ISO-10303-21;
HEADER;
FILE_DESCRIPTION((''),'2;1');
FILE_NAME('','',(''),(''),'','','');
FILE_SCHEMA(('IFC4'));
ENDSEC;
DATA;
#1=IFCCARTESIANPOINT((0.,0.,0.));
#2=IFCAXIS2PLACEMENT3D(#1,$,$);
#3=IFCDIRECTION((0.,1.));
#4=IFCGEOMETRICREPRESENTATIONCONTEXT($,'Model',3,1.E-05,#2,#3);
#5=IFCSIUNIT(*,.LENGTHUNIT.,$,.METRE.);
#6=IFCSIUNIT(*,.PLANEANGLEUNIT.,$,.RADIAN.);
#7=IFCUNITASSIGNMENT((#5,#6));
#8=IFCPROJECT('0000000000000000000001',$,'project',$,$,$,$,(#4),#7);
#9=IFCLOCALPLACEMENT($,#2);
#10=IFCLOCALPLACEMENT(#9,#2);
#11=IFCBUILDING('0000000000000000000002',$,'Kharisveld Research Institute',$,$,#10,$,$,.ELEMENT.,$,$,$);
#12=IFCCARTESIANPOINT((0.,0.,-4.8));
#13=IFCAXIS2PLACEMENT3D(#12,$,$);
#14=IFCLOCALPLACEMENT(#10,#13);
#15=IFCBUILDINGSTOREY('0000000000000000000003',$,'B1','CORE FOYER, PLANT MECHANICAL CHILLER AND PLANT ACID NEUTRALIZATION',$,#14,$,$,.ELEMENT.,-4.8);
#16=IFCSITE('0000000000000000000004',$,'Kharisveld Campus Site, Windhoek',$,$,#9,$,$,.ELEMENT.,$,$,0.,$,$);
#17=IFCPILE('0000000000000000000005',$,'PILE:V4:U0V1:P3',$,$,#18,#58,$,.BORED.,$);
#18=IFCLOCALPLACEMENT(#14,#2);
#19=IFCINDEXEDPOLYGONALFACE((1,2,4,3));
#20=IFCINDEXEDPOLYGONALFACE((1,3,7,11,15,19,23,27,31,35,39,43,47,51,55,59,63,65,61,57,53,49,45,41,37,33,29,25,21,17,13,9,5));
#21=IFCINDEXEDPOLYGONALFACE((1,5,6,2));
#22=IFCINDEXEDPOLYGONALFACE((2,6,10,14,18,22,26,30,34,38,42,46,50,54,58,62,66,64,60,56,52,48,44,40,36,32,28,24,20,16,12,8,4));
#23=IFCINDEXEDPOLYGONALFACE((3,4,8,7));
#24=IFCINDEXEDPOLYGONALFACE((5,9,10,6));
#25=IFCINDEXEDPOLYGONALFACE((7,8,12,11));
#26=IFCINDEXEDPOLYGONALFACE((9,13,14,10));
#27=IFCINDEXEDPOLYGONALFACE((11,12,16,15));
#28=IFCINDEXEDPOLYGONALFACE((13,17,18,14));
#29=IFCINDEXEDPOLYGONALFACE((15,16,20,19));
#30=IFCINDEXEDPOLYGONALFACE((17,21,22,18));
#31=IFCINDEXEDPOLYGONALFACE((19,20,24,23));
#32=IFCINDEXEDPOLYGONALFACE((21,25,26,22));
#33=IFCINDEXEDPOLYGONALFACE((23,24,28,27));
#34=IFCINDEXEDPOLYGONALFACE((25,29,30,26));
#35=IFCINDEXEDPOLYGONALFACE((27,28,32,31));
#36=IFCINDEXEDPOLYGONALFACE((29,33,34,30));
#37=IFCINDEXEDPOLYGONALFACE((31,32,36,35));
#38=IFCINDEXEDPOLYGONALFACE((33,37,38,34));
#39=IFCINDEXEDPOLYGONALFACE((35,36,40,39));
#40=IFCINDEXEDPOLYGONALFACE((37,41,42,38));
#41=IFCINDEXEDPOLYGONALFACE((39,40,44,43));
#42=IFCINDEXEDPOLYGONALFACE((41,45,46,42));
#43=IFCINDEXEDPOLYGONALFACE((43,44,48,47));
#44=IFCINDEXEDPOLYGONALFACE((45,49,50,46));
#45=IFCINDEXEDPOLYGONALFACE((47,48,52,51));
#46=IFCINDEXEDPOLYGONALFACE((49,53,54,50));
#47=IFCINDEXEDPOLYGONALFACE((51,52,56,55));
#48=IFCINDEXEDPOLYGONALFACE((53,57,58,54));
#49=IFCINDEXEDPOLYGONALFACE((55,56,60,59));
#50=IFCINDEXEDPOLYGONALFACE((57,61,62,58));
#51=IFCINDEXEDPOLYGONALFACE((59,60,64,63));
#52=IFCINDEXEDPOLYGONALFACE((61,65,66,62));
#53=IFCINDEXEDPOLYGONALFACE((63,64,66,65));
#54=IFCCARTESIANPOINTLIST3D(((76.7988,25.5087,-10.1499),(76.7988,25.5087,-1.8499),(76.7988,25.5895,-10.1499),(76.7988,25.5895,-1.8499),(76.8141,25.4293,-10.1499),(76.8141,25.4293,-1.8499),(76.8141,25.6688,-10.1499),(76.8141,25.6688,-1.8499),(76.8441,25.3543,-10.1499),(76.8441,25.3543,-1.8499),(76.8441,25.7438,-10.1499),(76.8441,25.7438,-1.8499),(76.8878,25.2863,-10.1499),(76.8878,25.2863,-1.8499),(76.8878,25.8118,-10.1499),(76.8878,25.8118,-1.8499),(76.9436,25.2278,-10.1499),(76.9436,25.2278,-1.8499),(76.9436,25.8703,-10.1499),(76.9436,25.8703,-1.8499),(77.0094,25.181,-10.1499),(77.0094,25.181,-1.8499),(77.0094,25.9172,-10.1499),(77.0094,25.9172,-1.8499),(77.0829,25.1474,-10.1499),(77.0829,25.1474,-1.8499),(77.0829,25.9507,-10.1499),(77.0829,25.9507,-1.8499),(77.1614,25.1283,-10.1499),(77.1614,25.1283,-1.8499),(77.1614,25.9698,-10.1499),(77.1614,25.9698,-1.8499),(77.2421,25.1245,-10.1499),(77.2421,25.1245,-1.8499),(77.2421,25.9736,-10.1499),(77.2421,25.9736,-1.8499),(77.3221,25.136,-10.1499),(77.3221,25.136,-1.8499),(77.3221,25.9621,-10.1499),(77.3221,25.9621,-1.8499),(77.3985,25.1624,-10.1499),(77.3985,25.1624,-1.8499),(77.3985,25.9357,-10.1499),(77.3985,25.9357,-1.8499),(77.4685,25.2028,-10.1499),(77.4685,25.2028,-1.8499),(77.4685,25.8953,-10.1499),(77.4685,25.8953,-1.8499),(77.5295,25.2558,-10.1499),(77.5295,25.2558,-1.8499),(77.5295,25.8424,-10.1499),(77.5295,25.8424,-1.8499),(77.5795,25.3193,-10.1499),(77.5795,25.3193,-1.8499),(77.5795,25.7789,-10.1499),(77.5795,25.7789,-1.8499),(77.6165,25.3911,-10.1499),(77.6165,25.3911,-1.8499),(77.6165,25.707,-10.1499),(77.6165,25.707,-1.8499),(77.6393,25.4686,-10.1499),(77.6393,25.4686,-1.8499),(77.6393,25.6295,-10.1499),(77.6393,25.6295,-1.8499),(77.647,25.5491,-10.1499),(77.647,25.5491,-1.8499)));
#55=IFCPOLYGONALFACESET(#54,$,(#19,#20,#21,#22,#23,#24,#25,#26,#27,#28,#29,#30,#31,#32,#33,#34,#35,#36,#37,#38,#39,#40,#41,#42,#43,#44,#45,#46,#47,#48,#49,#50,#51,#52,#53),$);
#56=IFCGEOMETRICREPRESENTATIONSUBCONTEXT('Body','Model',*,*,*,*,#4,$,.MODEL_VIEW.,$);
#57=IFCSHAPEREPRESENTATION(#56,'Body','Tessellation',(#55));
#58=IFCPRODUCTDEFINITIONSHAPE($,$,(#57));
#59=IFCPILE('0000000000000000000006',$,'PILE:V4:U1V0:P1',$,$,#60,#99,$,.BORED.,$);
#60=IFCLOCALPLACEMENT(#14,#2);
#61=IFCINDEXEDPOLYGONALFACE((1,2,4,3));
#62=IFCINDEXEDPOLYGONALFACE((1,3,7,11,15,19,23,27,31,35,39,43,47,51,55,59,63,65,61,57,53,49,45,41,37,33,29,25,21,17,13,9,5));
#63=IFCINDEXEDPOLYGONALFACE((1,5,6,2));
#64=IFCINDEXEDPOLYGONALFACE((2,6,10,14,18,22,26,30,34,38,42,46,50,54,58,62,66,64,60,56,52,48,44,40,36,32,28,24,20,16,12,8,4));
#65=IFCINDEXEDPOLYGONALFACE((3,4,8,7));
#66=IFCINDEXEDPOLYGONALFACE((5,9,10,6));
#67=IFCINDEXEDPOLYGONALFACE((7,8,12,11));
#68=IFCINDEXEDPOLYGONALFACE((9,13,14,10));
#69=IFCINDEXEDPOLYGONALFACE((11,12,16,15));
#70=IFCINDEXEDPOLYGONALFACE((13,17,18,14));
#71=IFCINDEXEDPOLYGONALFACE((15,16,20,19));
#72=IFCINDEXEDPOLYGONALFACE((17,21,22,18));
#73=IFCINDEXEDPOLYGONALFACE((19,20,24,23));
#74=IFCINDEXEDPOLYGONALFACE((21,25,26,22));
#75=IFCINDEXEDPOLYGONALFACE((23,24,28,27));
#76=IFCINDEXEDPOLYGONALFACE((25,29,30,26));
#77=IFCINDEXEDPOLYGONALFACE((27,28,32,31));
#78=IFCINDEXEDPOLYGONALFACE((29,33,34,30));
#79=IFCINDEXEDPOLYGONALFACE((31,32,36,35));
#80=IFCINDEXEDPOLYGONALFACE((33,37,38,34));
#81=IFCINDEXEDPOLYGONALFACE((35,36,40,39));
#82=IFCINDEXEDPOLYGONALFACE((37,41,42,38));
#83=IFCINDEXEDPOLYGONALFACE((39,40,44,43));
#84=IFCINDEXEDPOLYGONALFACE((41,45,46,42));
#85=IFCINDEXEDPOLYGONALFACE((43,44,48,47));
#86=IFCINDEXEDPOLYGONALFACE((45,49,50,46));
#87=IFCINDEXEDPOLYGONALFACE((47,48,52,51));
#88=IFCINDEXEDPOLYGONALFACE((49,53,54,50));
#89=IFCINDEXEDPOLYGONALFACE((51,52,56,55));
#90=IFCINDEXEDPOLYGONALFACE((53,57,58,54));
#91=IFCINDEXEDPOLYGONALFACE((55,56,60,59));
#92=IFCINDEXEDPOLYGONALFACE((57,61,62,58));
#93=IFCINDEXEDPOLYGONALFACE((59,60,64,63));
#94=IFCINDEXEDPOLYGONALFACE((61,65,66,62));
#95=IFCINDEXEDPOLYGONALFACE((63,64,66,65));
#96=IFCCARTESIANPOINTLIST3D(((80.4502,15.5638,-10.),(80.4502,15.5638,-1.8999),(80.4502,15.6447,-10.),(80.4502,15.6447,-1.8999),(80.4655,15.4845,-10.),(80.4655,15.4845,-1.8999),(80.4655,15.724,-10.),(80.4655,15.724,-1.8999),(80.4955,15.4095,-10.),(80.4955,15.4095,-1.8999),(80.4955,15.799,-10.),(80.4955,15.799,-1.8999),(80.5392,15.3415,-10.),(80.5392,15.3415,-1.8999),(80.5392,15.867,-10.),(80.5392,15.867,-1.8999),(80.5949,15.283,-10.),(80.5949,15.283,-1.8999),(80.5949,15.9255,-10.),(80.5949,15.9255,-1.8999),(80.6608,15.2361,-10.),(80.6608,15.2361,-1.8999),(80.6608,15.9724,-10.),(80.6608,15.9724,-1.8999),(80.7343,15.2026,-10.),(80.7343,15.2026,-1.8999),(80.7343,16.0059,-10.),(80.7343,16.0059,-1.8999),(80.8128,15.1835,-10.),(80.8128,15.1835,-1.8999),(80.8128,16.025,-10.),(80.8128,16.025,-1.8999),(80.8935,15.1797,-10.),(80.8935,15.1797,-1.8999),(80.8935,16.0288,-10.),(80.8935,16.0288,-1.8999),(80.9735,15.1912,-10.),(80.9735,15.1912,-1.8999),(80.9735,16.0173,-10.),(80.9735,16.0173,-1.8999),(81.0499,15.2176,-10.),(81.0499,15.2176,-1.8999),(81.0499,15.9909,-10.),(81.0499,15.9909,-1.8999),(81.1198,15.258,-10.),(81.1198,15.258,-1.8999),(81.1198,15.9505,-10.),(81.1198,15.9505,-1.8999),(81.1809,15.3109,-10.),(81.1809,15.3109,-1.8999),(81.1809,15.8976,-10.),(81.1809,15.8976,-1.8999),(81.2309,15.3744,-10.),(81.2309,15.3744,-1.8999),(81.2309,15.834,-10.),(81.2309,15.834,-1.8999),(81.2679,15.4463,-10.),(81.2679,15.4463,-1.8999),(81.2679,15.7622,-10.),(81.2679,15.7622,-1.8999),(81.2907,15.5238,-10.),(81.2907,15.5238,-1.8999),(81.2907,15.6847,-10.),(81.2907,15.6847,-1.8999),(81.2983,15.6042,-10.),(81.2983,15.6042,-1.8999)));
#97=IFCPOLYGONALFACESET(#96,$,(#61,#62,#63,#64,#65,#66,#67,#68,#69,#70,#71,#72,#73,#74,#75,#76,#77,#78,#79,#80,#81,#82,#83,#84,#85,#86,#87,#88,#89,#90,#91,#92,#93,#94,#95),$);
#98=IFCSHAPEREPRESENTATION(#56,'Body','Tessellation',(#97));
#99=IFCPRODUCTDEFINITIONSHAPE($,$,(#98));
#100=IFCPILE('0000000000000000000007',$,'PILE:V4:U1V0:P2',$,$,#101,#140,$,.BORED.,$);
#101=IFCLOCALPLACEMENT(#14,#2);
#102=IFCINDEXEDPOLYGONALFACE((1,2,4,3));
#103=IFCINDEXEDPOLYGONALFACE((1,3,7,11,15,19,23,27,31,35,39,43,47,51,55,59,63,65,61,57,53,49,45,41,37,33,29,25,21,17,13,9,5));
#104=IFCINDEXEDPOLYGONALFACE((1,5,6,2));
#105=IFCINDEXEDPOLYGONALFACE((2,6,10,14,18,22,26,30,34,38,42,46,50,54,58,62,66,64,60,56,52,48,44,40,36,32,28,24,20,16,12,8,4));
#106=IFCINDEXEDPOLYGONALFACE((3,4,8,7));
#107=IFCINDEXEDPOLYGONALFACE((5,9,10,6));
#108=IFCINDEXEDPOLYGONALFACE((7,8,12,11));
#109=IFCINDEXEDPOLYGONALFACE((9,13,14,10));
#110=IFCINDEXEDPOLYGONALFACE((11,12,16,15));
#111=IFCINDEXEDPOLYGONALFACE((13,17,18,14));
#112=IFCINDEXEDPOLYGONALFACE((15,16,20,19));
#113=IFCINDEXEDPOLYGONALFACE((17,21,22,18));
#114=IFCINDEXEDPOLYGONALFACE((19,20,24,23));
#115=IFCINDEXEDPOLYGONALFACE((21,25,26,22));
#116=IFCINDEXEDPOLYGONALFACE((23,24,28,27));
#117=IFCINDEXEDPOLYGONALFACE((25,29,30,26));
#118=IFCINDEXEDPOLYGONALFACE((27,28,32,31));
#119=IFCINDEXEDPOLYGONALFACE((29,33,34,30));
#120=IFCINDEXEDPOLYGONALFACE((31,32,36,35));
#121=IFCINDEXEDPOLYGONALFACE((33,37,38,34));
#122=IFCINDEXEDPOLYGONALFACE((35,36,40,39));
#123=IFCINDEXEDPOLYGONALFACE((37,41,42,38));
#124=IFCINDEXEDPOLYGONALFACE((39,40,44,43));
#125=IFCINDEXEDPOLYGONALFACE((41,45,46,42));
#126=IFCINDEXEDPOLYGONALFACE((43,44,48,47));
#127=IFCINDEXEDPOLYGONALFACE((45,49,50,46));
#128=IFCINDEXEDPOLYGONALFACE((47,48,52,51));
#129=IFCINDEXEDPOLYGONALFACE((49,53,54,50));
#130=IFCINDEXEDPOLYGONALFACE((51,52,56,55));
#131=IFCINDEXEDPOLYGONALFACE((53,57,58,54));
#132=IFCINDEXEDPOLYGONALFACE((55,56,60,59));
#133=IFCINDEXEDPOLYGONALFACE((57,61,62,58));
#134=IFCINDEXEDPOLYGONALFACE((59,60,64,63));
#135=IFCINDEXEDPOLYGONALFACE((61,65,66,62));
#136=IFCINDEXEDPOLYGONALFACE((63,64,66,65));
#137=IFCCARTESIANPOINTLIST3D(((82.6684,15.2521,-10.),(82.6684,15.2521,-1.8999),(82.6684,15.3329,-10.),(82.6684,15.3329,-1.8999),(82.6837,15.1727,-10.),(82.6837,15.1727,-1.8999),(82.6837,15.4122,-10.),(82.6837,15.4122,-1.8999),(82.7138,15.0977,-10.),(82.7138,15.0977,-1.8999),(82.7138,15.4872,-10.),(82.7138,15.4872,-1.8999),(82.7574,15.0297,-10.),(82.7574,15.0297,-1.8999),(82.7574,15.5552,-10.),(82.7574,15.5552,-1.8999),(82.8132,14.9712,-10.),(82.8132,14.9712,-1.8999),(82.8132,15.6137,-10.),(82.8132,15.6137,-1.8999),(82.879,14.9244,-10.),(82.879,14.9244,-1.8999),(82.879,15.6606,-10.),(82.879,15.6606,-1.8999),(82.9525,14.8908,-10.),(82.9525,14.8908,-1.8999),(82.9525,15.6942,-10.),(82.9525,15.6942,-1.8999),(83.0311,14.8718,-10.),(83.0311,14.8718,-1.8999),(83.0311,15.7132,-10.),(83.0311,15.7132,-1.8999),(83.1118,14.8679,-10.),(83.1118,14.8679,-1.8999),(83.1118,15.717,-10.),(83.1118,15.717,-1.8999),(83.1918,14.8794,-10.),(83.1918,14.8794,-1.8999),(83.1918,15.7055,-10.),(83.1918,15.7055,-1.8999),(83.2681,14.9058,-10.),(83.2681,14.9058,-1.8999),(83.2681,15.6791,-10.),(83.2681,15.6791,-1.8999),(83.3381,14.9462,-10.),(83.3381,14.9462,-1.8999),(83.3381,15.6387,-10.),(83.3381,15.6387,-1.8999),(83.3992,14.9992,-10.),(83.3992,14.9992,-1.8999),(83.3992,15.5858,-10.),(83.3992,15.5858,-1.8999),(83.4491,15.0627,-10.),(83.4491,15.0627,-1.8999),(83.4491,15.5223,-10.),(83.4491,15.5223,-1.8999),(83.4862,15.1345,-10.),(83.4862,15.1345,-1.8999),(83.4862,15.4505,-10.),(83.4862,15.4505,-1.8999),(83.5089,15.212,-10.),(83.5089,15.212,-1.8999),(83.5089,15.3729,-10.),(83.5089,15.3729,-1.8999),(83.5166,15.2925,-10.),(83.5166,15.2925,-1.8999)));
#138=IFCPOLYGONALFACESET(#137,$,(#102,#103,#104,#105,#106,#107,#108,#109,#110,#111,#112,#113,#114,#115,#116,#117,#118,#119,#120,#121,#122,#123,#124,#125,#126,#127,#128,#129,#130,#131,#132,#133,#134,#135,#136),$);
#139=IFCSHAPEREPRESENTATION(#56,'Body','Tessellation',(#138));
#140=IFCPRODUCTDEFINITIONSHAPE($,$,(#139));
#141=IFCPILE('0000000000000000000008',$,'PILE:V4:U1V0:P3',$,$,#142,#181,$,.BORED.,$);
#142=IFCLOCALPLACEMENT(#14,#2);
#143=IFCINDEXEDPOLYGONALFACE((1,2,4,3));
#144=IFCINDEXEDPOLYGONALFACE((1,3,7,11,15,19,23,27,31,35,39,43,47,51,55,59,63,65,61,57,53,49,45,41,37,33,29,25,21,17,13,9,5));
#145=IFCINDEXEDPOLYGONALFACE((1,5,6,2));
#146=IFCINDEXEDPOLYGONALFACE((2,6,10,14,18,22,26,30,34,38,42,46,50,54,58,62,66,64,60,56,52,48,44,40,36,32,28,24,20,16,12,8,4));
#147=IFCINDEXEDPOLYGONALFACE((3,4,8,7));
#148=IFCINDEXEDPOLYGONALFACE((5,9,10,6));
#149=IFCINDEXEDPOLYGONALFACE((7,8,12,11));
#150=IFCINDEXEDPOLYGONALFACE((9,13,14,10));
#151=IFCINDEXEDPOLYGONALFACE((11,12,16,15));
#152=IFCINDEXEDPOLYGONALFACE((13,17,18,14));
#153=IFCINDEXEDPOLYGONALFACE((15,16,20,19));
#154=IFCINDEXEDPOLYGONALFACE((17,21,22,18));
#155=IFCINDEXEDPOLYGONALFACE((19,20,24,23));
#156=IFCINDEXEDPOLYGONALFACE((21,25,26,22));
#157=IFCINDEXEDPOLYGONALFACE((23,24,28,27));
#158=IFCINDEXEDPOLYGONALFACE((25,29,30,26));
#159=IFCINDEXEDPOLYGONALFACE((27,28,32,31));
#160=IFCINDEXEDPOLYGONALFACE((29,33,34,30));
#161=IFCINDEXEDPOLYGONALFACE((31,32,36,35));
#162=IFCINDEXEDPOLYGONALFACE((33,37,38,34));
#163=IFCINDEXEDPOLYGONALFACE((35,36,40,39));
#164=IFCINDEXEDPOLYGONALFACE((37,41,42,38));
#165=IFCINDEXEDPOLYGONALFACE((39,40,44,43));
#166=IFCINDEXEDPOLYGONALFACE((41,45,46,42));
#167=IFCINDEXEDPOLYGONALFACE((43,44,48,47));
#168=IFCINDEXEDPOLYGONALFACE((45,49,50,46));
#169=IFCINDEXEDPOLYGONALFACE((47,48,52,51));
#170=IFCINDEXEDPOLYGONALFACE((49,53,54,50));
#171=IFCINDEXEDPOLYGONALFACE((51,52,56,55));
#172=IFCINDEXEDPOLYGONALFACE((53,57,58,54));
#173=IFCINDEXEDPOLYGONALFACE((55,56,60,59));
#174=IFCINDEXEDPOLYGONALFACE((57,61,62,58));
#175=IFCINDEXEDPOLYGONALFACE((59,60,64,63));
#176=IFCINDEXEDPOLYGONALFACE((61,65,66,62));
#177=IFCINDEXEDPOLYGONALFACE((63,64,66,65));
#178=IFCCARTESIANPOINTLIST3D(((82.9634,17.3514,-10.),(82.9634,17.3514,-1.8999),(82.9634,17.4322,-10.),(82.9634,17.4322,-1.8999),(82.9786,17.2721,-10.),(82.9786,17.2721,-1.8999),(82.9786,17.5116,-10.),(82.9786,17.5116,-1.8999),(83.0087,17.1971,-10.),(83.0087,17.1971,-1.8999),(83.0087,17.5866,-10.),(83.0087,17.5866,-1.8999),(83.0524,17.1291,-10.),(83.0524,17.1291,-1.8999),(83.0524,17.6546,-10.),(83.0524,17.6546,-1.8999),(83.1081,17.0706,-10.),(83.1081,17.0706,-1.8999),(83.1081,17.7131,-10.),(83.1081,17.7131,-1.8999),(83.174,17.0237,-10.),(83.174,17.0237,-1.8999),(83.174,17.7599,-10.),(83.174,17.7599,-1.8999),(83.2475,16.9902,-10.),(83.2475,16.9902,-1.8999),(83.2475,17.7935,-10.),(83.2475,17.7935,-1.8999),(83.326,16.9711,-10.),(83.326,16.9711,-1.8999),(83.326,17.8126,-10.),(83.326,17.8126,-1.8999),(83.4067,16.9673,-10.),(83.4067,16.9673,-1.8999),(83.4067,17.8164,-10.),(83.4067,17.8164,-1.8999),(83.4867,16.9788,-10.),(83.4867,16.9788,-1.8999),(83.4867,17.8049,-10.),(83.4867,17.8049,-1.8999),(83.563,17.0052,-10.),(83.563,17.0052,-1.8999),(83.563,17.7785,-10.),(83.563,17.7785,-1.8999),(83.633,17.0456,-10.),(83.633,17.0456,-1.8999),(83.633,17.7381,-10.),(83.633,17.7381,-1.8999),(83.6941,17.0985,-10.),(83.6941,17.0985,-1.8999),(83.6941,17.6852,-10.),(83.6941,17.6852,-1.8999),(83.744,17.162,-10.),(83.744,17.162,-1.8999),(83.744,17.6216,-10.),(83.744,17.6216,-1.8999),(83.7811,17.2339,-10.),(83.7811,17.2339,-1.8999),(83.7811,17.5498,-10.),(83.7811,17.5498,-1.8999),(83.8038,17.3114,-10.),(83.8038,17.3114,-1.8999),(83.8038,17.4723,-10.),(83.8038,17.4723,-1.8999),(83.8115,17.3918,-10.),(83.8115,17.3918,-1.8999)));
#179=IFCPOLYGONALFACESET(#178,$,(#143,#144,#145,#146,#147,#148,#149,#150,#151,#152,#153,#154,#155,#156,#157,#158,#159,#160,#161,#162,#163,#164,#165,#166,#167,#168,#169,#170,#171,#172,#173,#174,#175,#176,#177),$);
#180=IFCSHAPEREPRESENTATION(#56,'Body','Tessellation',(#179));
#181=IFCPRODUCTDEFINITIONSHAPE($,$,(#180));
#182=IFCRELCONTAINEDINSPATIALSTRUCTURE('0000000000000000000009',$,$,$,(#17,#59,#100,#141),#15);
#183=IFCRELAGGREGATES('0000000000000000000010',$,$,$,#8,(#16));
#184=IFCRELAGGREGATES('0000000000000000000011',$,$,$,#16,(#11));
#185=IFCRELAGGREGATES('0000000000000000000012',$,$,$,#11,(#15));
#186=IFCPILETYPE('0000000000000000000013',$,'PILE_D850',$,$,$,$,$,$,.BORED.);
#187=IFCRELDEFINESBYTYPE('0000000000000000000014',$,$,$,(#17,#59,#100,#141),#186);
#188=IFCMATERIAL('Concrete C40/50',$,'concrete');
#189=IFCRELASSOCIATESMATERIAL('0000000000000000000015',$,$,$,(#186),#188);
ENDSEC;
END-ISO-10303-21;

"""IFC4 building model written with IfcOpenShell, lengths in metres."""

from ifc_helpers import new_model, si_unit, direction, frame, origin, origin_2d, place, context, subcontext, project, spatial, circle, extrude, material, material_profile, profile_set, type_object, element, save


model = new_model("IFC4")

# Units and contexts
model_context = context("Model", 3, precision=1e-05, world=origin(), true_north=direction((0.0, 1.0)))
body_context = subcontext(model_context, "Body", "Model", "MODEL_VIEW")
ifc_project = project(units=[si_unit("LENGTHUNIT", "METRE"), si_unit("PLANEANGLEUNIT", "RADIAN")], contexts=[model_context])

# Site, building, storey
site_placement = place(None, origin())
site = spatial("IfcSite", under=ifc_project, at=site_placement, Name="Kharisveld Campus Site, Windhoek", CompositionType="ELEMENT", RefElevation=0.0)
building_placement = place(site_placement, origin())
building = spatial("IfcBuilding", under=site, at=building_placement, Name="Kharisveld Research Institute", CompositionType="ELEMENT")
storey_placement = place(building_placement, frame((0.0, 0.0, -4.8)))
storey = spatial("IfcBuildingStorey", under=building, at=storey_placement, Name="B1", Description="CORE FOYER, PLANT MECHANICAL CHILLER AND PLANT ACID NEUTRALIZATION", CompositionType="ELEMENT", Elevation=-4.8)

# Piles
ifc_material_1 = material(Name="Concrete C40/50", Category="concrete")
ifc_material_profile_1 = material_profile(ifc_material_1, circle(Radius=0.425, at=origin_2d()))
ifc_profile_set_1 = profile_set([ifc_material_profile_1], Name="Concrete C40/50")
pile_type_1 = type_object("IfcPileType", Name="PILE_D850", PredefinedType="BORED", material=ifc_profile_set_1)
pile_placement = place(storey_placement, frame((77.2219, 25.5491, -1.8499), z_axis=(0.0, 0.0, -1.0), x_axis=(1.0, 0.0, 0.0)))
element("IfcPile", 1, at=pile_placement, inside=storey, type_object=pile_type_1, Name="PILE:V4:U0V1:P3", PredefinedType="BORED", context=body_context, shape_type="SweptSolid", body=[
    extrude(circle(Radius=0.425, at=origin_2d()), origin(), (0.0, 0.0, 1.0), 8.3),
])
for number, where, z_axis, x_axis, name in (
    (2, (80.8733, 15.6042, -1.8999), (0.0, 0.0, -1.0), (1.0, 0.0, 0.0), "PILE:V4:U1V0:P1"),
    (3, (83.0916, 15.2925, -1.8999), (0.0, 0.0, -1.0), (1.0, 0.0, 0.0), "PILE:V4:U1V0:P2"),
    (4, (83.3865, 17.3918, -1.8999), (0.0, 0.0, -1.0), (1.0, 0.0, 0.0), "PILE:V4:U1V0:P3"),
):
    element("IfcPile", number, at=place(storey_placement, frame(where, z_axis=z_axis, x_axis=x_axis)), inside=storey, type_object=pile_type_1, Name=name, PredefinedType="BORED", context=body_context, shape_type="SweptSolid", body=[
        extrude(circle(Radius=0.425, at=origin_2d()), origin(), (0.0, 0.0, 1.0), 8.1001),
    ])

save(model, "model.ifc")
